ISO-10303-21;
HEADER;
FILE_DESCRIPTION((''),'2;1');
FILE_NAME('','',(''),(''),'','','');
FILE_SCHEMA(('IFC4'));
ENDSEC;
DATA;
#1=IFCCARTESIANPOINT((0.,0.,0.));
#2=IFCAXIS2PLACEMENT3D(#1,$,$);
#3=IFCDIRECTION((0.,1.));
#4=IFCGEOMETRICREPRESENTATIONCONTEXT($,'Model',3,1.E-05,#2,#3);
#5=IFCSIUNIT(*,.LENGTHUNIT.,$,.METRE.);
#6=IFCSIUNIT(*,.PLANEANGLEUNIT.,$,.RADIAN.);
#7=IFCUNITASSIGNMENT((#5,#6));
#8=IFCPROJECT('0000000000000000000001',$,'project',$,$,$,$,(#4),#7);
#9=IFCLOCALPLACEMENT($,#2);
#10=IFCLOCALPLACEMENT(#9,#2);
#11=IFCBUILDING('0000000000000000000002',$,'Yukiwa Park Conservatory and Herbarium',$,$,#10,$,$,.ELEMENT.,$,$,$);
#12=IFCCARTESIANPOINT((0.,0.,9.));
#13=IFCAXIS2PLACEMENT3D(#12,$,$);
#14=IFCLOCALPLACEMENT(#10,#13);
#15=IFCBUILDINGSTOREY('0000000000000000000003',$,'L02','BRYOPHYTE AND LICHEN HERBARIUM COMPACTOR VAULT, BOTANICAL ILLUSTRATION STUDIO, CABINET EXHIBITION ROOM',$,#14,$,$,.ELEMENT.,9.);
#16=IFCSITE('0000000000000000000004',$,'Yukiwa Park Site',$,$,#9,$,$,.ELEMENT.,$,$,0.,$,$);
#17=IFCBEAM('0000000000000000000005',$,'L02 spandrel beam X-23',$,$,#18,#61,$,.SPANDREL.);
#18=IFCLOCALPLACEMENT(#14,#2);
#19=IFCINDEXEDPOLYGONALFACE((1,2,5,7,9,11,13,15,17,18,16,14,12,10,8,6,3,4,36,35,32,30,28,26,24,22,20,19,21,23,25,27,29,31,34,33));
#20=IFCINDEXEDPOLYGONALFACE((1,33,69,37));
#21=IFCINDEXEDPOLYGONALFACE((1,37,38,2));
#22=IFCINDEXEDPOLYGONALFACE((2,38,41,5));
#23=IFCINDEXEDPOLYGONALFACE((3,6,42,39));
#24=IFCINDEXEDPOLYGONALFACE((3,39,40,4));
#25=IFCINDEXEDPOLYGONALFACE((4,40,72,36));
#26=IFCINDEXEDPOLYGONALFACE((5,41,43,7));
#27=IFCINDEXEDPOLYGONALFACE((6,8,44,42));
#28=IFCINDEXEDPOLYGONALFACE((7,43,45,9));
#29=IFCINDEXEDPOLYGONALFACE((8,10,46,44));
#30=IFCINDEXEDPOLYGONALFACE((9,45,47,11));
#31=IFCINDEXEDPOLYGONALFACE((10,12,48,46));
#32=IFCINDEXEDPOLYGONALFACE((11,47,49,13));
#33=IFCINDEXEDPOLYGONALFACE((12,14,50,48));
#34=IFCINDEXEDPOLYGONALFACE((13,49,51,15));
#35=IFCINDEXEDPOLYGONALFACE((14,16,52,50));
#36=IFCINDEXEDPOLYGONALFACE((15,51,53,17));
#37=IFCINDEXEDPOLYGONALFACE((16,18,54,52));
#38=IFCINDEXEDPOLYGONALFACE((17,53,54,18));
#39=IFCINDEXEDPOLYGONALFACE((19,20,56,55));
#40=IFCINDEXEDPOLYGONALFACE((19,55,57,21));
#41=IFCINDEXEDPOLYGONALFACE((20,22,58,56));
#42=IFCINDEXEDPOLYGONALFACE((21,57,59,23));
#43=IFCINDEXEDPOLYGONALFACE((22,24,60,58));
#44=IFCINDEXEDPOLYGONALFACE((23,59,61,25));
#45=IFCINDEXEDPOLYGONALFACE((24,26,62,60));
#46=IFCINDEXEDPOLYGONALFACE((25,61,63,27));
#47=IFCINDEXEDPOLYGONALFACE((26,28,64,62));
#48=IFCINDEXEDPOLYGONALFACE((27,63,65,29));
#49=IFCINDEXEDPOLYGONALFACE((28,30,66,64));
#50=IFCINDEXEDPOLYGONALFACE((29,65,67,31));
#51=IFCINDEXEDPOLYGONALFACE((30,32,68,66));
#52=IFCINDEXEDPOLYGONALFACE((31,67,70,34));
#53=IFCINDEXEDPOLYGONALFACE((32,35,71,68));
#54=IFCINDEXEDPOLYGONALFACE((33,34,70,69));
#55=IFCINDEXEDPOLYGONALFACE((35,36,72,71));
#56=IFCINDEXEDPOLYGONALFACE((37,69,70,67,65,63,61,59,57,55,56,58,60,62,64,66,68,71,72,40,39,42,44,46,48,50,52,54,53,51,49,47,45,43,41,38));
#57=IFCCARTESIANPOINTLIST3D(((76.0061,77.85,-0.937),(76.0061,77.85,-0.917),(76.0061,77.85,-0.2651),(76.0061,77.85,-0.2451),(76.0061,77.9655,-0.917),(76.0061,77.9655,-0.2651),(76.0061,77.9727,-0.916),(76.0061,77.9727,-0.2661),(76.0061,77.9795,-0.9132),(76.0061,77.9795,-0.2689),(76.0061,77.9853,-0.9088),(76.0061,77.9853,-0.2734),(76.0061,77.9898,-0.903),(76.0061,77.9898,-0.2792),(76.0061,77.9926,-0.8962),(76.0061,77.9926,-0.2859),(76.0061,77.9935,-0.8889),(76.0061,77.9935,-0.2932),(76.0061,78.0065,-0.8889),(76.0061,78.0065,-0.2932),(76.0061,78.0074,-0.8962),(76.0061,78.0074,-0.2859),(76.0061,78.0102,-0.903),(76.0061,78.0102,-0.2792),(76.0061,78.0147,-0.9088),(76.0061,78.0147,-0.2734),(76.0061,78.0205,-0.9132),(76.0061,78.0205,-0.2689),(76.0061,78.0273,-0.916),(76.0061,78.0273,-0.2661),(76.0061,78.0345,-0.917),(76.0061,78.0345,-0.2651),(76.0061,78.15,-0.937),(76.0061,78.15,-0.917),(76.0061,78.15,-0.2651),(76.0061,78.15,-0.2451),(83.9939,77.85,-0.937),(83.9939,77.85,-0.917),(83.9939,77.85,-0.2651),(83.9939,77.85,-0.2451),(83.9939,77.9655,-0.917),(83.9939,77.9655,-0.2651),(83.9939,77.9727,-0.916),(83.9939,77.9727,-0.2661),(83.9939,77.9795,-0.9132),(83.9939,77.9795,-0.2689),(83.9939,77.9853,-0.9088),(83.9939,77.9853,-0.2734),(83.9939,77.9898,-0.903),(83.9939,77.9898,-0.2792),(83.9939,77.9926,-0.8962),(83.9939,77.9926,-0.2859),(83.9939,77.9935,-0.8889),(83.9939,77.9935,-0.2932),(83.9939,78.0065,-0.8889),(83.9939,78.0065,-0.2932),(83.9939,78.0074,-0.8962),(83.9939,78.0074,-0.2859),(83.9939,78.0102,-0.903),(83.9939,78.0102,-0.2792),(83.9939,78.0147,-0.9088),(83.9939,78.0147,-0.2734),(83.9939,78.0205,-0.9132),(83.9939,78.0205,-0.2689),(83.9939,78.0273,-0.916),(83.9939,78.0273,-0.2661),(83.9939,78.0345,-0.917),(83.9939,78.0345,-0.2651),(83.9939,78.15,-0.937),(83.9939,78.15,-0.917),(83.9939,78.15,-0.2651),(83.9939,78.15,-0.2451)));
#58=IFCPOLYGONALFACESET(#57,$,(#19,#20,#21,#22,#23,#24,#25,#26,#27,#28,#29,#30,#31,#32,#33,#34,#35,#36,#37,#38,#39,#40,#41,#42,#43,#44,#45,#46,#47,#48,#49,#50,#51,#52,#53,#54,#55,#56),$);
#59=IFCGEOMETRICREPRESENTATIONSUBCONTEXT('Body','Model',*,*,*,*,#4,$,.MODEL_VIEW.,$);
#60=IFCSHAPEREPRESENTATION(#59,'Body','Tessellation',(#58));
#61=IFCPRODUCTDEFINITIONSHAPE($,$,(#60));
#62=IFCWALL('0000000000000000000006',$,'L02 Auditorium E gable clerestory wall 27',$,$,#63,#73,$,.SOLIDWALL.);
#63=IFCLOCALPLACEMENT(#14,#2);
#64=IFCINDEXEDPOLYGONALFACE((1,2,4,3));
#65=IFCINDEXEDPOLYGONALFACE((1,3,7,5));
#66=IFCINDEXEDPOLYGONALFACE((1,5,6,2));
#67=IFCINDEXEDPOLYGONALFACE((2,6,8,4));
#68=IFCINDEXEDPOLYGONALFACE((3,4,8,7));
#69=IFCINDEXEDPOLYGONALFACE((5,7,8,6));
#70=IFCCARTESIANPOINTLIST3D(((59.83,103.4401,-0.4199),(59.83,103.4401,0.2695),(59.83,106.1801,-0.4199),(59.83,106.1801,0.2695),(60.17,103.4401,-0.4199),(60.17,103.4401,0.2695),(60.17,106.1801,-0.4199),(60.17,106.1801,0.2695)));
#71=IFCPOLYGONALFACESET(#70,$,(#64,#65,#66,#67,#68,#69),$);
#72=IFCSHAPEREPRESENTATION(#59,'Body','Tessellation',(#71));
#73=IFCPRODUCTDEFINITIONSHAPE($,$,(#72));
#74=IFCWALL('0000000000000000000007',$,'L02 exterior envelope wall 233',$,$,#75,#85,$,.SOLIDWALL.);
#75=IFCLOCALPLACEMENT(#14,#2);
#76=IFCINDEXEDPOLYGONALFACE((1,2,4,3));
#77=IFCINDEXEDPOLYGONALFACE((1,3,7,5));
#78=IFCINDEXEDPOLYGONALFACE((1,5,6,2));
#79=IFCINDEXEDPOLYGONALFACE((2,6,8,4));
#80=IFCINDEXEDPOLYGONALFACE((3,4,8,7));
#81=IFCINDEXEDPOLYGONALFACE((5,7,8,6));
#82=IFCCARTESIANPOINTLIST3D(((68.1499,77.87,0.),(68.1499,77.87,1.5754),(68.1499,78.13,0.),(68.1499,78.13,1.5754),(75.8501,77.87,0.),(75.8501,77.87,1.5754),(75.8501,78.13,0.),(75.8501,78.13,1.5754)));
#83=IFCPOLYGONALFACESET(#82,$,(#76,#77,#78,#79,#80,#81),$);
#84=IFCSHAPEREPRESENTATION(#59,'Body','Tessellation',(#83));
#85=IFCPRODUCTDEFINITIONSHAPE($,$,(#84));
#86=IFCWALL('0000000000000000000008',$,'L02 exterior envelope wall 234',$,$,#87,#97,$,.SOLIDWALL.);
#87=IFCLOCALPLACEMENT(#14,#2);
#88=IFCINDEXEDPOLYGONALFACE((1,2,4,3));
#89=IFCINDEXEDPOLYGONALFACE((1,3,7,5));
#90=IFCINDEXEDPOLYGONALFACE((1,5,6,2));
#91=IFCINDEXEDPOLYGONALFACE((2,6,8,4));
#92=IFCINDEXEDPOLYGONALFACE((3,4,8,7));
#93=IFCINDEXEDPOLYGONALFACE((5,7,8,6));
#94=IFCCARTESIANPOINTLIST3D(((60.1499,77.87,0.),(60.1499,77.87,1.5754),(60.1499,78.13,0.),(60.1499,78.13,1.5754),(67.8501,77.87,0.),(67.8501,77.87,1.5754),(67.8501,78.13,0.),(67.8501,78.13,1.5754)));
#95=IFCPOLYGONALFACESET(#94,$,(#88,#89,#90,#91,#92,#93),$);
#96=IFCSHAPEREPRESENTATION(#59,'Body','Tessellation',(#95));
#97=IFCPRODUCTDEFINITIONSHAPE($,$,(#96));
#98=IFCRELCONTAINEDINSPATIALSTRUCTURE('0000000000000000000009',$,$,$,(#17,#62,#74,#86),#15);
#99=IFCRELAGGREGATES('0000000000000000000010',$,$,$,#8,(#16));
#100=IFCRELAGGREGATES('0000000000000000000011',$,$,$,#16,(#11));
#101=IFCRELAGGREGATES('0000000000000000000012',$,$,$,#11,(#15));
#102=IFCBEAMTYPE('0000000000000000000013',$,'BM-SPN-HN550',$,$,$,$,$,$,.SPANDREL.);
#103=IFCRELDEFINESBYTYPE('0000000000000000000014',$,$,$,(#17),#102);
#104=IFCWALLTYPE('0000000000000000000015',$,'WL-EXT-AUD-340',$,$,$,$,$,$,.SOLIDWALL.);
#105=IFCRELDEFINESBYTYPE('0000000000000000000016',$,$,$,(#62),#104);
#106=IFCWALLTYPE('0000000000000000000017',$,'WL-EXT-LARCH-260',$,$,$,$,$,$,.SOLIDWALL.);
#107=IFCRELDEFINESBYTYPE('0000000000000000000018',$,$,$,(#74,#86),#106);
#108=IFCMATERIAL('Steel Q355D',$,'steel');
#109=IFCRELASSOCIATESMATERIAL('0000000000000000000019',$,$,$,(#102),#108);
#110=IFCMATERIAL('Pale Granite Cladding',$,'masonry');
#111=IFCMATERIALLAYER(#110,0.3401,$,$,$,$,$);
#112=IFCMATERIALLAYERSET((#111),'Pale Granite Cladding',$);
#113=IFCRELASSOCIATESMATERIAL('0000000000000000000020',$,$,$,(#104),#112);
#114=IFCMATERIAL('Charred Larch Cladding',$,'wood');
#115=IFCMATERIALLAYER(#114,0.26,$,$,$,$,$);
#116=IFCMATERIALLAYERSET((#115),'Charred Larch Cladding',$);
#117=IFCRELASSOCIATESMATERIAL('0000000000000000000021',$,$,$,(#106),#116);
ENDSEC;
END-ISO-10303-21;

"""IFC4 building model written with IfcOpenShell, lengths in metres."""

from ifc_helpers import new_model, si_unit, direction, frame, frame_2d, origin, origin_2d, place, context, subcontext, project, spatial, rectangle, i_section, extrude, material, layer, layer_set, material_profile, profile_set, type_object, element, save


model = new_model("IFC4")

# Units and contexts
model_context = context("Model", 3, precision=1e-05, world=origin(), true_north=direction((0.0, 1.0)))
body_context = subcontext(model_context, "Body", "Model", "MODEL_VIEW")
ifc_project = project(units=[si_unit("LENGTHUNIT", "METRE"), si_unit("PLANEANGLEUNIT", "RADIAN")], contexts=[model_context])

# Site, building, storey
site_placement = place(None, origin())
site = spatial("IfcSite", under=ifc_project, at=site_placement, Name="Yukiwa Park Site", CompositionType="ELEMENT", RefElevation=0.0)
building_placement = place(site_placement, origin())
building = spatial("IfcBuilding", under=site, at=building_placement, Name="Yukiwa Park Conservatory and Herbarium", CompositionType="ELEMENT")
storey_placement = place(building_placement, frame((0.0, 0.0, 9.0)))
storey = spatial("IfcBuildingStorey", under=building, at=storey_placement, Name="L02", Description="BRYOPHYTE AND LICHEN HERBARIUM COMPACTOR VAULT, BOTANICAL ILLUSTRATION STUDIO, CABINET EXHIBITION ROOM", CompositionType="ELEMENT", Elevation=9.0)

# Beam
ifc_material_1 = material(Name="Steel Q355D", Category="steel")
ifc_material_profile_1 = material_profile(ifc_material_1, i_section(OverallWidth=0.3, OverallDepth=0.6919, WebThickness=0.0129, FlangeThickness=0.02, FilletRadius=0.0281, at=origin_2d()), Name="HN 692x300x13x20")
ifc_profile_set_1 = profile_set([ifc_material_profile_1], Name="Steel Q355D")
beam_type_1 = type_object("IfcBeamType", Name="BM-SPN-HN550", PredefinedType="SPANDREL", material=ifc_profile_set_1)
for number, where, z_axis, x_axis, name in (
    (1, (76.0061, 78.0, -0.5911), (1.0, 0.0, 0.0), (0.0, 1.0, 0.0), "L02 spandrel beam X-23"),
):
    element("IfcBeam", number, at=place(storey_placement, frame(where, z_axis=z_axis, x_axis=x_axis)), inside=storey, type_object=beam_type_1, Name=name, PredefinedType="SPANDREL", context=body_context, shape_type="SweptSolid", body=[
        extrude(i_section(OverallWidth=0.3, OverallDepth=0.6919, WebThickness=0.0129, FlangeThickness=0.02, FilletRadius=0.0281, at=origin_2d()), origin(), (0.0, 0.0, 1.0), 7.9878),
    ])

# Walls
ifc_material_2 = material(Name="Pale Granite Cladding", Category="masonry")
ifc_layer_1 = layer(ifc_material_2, 0.3401)
ifc_layer_set_1 = layer_set([ifc_layer_1], Name="Pale Granite Cladding")
wall_type_1 = type_object("IfcWallType", Name="WL-EXT-AUD-340", PredefinedType="SOLIDWALL", material=ifc_layer_set_1)
wall_placement = place(storey_placement, frame((60.0, 103.4399, -0.4199), z_axis=(0.0, 0.0, 1.0), x_axis=(0.0, 1.0, 0.0)))
element("IfcWall", 2, at=wall_placement, inside=storey, type_object=wall_type_1, Name="L02 Auditorium E gable clerestory wall 27", PredefinedType="SOLIDWALL", context=body_context, shape_type="SweptSolid", body=[
    extrude(rectangle(XDim=2.74, YDim=0.3401, at=frame_2d((1.3701, 0.0))), origin(), (0.0, 0.0, 1.0), 0.6895),
])
ifc_material_3 = material(Name="Charred Larch Cladding", Category="wood")
ifc_layer_2 = layer(ifc_material_3, 0.26)
ifc_layer_set_2 = layer_set([ifc_layer_2], Name="Charred Larch Cladding")
wall_type_2 = type_object("IfcWallType", Name="WL-EXT-LARCH-260", PredefinedType="SOLIDWALL", material=ifc_layer_set_2)
for number, where, z_axis, x_axis, name in (
    (3, (75.8501, 78.0, 0.0), (0.0, 0.0, 1.0), (-1.0, 0.0, 0.0), "L02 exterior envelope wall 233"),
    (4, (67.8501, 78.0, 0.0), (0.0, 0.0, 1.0), (-1.0, 0.0, 0.0), "L02 exterior envelope wall 234"),
):
    element("IfcWall", number, at=place(storey_placement, frame(where, z_axis=z_axis, x_axis=x_axis)), inside=storey, type_object=wall_type_2, Name=name, PredefinedType="SOLIDWALL", context=body_context, shape_type="SweptSolid", body=[
        extrude(rectangle(XDim=7.7002, YDim=0.26, at=frame_2d((3.8501, 0.0))), origin(), (0.0, 0.0, 1.0), 1.5754),
    ])

save(model, "model.ifc")
